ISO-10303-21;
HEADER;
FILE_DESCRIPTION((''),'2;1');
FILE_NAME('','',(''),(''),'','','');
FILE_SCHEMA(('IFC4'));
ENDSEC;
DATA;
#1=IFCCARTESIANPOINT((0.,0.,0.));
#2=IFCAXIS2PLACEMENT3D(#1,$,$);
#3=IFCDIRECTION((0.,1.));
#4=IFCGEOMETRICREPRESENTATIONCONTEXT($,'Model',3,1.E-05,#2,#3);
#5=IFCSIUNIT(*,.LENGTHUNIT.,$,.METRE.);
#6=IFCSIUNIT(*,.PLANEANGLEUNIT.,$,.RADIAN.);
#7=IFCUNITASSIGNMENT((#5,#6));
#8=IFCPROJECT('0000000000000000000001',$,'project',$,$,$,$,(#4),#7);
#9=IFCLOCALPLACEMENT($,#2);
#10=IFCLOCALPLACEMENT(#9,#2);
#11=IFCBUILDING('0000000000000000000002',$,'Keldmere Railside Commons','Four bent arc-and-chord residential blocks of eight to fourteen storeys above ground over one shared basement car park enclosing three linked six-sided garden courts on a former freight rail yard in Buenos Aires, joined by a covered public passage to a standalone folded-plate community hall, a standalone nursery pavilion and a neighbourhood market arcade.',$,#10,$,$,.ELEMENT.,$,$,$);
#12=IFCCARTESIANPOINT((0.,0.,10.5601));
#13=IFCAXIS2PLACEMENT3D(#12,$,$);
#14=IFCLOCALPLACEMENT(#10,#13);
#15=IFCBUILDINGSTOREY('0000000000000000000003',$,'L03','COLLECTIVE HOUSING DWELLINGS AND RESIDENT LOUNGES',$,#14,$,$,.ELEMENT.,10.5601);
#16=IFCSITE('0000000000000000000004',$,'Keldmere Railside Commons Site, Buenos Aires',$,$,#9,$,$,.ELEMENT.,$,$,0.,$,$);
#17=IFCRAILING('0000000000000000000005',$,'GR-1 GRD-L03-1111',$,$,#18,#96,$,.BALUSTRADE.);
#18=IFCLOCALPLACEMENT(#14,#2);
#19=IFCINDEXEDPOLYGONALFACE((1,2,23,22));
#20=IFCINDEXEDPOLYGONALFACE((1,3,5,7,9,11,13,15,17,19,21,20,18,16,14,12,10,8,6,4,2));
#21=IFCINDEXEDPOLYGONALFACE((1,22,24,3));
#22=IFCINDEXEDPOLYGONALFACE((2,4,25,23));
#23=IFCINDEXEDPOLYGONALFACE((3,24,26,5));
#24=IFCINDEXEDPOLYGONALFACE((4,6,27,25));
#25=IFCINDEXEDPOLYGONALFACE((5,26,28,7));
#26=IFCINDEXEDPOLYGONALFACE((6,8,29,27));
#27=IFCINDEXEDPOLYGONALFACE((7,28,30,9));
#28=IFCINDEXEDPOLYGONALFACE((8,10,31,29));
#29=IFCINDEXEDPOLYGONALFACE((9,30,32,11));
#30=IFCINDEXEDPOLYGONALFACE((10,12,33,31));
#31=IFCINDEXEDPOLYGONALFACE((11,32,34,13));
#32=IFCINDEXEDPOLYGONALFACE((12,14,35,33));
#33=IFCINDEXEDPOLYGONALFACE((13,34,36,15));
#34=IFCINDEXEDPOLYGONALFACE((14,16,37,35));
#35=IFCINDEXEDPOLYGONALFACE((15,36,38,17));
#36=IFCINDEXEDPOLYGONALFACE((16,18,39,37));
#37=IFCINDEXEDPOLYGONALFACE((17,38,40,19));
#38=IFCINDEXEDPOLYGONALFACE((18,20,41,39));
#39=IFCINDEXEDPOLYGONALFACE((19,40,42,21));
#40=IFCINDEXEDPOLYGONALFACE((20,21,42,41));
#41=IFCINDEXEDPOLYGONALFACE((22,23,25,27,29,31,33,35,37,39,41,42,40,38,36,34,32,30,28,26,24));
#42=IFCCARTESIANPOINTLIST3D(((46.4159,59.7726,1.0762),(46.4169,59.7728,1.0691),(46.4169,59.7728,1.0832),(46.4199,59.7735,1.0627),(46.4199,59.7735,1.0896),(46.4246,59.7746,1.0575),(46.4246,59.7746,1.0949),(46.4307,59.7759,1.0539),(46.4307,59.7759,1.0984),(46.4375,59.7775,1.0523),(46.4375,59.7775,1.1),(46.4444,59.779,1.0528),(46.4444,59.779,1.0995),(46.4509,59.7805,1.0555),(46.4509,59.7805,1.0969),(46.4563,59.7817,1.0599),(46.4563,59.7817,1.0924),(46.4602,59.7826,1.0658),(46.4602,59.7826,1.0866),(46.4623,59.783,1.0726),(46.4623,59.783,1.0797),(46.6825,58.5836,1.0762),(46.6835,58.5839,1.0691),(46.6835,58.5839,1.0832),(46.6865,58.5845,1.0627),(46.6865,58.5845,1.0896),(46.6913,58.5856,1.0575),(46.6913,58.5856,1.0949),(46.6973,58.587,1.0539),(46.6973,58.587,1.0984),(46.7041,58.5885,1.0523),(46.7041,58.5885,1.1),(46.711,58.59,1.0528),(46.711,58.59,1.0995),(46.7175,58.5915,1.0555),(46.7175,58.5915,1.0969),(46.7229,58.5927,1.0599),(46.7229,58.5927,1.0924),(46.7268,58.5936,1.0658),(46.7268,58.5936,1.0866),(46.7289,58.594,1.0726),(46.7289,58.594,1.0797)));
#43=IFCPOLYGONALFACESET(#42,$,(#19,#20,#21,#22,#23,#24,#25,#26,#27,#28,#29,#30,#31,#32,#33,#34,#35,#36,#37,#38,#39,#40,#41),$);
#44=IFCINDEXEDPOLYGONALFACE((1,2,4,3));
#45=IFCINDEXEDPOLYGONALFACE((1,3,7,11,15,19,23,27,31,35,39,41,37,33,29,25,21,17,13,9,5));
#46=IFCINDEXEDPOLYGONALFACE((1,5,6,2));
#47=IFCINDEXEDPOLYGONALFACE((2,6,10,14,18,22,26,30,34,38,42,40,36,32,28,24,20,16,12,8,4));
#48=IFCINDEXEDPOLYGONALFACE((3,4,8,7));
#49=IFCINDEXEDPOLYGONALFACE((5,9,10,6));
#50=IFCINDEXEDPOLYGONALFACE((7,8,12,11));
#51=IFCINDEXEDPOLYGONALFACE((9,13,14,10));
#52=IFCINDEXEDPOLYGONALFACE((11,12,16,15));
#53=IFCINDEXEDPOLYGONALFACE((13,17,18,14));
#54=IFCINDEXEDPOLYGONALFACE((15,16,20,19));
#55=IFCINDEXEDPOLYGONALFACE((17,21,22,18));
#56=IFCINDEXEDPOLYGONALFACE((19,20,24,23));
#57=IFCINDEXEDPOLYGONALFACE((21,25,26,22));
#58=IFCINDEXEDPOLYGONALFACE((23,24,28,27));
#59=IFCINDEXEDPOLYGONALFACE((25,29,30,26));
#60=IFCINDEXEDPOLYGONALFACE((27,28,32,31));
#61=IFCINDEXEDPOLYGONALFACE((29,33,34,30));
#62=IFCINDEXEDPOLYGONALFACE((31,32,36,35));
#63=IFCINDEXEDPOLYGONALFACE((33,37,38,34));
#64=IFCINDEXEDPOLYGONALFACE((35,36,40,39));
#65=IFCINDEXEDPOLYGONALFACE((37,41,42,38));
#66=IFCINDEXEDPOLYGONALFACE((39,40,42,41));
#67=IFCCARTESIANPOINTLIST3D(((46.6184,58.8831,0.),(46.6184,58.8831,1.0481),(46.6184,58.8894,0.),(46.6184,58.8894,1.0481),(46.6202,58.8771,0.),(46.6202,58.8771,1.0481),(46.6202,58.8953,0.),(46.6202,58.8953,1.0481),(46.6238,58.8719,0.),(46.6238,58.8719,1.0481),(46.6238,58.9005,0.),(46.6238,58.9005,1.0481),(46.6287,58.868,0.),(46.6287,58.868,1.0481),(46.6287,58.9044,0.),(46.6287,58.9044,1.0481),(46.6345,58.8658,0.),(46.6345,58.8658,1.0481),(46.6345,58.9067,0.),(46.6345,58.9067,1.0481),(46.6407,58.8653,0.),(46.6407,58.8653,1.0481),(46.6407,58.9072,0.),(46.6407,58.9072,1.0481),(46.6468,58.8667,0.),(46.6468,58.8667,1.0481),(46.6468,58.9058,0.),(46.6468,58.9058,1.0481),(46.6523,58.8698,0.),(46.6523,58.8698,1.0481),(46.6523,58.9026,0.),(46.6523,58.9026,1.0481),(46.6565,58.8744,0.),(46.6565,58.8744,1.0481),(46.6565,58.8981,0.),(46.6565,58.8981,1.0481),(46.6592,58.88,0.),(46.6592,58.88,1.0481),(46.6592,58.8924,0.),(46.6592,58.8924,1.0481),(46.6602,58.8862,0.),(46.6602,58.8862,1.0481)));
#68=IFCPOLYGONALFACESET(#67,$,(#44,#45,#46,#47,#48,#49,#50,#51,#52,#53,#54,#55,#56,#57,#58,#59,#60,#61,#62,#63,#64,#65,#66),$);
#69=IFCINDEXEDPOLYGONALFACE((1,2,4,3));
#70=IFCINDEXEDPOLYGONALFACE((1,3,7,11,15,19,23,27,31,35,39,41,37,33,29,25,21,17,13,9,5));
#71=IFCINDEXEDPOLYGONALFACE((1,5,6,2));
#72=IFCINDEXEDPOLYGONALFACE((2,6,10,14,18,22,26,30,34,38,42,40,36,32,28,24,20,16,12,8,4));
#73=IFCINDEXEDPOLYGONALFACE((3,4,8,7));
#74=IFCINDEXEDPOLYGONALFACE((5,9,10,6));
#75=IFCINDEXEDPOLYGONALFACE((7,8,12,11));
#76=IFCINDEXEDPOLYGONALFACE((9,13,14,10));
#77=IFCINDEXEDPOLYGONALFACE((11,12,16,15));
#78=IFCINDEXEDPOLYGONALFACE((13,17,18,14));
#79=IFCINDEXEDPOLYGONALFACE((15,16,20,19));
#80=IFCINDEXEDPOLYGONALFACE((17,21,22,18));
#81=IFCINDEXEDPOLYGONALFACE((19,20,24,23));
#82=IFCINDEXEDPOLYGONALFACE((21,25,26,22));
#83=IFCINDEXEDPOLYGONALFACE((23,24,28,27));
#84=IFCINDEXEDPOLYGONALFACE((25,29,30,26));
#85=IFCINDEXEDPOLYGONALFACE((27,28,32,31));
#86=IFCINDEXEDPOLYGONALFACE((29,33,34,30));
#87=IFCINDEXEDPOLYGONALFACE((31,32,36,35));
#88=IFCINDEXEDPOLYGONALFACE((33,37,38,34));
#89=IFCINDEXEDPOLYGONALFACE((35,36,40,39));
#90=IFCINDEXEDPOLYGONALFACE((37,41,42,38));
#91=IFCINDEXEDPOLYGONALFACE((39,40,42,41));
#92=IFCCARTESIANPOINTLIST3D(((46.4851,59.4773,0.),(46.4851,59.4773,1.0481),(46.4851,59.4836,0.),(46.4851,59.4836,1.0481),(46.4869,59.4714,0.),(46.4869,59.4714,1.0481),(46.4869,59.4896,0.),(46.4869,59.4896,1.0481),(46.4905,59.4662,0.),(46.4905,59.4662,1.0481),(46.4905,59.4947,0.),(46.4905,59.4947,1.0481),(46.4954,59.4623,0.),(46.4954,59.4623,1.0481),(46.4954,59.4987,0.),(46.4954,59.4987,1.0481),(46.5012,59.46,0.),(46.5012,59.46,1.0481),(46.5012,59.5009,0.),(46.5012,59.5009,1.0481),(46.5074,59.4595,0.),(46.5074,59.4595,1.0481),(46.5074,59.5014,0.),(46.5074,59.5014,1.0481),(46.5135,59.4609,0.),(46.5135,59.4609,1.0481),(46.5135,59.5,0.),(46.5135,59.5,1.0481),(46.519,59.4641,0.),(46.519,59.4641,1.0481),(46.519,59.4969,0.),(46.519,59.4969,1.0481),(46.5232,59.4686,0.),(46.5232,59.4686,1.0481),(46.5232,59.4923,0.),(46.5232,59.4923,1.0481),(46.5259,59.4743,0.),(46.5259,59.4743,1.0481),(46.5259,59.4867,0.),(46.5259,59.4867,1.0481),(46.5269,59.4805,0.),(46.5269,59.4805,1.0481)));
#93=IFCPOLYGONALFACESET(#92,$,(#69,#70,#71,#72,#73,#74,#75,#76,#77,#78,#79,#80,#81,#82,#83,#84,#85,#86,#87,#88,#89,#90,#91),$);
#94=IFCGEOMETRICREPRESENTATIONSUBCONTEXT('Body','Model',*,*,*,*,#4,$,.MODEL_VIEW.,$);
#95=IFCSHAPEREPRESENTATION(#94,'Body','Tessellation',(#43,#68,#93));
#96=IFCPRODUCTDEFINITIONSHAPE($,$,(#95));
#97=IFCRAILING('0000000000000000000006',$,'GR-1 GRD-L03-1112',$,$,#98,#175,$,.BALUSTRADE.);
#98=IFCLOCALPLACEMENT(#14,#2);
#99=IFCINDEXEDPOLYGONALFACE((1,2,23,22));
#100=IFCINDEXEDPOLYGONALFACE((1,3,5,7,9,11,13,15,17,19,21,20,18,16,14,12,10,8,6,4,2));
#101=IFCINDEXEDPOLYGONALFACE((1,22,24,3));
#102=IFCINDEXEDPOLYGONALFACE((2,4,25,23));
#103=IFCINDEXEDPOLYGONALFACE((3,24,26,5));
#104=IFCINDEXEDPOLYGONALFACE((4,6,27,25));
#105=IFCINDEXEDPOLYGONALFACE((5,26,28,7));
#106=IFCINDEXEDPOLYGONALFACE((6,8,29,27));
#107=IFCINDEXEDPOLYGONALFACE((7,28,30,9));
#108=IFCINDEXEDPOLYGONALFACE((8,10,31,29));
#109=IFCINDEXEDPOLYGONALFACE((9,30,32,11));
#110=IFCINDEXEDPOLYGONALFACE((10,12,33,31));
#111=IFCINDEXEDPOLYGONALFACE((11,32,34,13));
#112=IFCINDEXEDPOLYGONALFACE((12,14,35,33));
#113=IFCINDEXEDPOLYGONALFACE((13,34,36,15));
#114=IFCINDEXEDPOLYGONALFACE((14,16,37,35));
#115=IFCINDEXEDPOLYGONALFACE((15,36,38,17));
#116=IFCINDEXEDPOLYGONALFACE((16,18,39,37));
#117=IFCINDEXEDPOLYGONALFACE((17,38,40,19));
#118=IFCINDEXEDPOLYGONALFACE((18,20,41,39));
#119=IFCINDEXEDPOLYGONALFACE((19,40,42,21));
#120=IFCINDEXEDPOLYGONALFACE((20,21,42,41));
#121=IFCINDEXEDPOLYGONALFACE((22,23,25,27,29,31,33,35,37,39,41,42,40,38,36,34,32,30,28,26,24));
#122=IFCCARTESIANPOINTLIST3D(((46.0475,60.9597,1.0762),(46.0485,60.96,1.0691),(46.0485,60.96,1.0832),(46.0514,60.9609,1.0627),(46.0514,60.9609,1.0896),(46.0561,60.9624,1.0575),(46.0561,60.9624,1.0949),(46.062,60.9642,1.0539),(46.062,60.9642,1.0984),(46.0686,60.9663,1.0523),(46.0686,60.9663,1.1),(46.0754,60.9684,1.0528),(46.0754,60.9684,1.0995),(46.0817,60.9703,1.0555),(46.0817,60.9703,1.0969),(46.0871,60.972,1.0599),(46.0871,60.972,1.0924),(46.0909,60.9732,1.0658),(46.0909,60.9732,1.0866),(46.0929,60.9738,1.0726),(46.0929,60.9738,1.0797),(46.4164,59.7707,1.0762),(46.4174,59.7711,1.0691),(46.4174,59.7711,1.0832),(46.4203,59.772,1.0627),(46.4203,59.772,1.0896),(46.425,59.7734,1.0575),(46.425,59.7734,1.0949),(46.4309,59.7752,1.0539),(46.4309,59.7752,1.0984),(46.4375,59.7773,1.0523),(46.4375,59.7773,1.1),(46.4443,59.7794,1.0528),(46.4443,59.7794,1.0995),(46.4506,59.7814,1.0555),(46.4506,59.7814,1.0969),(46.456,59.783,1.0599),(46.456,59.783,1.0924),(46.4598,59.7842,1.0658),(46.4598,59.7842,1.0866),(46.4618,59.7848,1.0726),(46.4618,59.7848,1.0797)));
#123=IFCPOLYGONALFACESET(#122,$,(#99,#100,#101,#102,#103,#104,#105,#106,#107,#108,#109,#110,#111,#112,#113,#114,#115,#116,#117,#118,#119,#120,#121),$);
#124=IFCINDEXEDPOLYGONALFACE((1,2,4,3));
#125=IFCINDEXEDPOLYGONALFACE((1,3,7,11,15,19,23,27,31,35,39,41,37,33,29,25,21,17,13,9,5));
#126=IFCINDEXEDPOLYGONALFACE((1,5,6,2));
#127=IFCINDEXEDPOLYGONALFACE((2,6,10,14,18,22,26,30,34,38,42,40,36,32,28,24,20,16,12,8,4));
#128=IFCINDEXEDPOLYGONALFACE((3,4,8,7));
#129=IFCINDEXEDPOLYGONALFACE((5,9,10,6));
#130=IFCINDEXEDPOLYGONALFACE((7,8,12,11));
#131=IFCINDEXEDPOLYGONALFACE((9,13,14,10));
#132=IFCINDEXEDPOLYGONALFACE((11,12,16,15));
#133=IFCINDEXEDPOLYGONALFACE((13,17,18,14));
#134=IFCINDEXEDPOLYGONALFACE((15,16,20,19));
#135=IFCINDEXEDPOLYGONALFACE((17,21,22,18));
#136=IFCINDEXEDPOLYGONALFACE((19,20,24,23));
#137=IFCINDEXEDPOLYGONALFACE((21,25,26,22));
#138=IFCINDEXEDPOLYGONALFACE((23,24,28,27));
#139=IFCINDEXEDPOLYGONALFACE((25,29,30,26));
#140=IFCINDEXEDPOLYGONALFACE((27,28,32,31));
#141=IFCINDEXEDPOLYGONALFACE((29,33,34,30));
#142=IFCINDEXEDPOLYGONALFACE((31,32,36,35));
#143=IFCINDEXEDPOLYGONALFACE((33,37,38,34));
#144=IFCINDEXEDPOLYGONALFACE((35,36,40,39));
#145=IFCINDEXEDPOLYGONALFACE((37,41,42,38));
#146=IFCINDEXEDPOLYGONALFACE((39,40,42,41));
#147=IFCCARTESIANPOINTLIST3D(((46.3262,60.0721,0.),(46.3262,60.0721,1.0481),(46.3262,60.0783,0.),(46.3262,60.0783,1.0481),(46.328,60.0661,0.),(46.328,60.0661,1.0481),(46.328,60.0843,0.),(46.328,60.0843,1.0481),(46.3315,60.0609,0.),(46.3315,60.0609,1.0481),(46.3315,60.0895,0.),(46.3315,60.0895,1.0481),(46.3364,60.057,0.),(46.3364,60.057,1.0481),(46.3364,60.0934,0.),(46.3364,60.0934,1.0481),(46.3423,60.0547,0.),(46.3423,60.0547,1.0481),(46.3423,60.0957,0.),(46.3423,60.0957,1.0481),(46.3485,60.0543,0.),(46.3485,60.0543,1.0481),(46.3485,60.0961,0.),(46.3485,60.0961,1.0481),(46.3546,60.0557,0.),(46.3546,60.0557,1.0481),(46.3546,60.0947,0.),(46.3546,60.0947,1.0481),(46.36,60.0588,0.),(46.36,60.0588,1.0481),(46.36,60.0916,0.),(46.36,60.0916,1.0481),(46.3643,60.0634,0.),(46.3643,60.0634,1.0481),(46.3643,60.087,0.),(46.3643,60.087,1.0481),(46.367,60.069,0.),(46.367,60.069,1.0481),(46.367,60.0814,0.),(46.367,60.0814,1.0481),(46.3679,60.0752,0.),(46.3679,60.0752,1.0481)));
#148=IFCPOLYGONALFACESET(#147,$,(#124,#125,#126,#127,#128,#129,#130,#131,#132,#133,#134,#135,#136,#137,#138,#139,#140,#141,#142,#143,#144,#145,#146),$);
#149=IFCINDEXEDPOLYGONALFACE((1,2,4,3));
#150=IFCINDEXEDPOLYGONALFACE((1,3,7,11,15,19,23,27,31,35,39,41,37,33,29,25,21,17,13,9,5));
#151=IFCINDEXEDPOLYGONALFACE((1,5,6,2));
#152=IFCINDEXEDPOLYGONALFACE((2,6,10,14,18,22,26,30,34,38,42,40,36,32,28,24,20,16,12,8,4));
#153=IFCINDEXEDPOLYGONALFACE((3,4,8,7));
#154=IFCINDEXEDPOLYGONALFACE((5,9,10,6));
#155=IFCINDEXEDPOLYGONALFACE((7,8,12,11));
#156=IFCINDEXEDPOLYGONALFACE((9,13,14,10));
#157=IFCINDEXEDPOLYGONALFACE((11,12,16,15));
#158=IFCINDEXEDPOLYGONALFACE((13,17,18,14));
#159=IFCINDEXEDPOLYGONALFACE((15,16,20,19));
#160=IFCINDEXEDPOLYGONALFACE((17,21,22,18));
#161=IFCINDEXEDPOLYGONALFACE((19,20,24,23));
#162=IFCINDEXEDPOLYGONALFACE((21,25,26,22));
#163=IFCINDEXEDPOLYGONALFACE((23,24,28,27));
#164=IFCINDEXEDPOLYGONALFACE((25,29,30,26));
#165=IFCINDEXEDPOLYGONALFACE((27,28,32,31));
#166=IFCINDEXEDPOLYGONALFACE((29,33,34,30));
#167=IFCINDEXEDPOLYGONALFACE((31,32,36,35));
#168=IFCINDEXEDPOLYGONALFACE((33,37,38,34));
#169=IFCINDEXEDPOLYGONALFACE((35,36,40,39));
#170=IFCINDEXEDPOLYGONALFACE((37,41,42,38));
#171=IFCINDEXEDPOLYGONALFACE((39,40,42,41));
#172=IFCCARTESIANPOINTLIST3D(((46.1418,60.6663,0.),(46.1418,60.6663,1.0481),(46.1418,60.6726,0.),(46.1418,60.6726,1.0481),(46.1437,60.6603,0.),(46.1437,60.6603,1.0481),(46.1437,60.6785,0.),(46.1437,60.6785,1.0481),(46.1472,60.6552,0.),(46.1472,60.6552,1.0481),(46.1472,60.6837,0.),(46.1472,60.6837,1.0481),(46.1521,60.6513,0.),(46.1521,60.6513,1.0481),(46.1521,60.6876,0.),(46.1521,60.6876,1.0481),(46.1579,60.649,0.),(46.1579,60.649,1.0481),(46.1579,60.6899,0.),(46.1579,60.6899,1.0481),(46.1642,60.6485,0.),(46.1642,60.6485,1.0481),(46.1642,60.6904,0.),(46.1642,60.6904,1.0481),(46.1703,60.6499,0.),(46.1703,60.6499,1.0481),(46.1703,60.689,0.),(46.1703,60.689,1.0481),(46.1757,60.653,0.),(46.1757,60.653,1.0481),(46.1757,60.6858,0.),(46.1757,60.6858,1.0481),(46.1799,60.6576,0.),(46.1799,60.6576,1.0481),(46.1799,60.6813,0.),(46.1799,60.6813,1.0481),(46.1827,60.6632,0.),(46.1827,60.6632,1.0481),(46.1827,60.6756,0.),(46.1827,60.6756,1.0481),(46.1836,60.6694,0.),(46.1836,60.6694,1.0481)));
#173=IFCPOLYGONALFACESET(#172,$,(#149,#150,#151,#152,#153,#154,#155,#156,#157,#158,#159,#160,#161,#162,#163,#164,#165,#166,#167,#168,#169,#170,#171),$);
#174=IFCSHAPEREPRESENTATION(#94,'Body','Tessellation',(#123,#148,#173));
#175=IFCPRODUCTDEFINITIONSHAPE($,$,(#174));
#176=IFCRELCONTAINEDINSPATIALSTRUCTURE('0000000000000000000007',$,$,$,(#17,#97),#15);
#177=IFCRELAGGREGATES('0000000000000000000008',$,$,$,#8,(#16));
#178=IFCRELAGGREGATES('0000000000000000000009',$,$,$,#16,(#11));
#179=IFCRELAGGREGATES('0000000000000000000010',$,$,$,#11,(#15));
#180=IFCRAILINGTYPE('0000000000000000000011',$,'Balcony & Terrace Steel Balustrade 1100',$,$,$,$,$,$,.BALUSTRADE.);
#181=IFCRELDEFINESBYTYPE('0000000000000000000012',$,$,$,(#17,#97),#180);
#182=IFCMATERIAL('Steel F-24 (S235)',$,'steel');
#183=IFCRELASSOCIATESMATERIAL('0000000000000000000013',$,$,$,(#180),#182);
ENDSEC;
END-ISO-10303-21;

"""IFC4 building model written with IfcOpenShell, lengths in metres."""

from ifc_helpers import new_model, si_unit, direction, frame, origin, origin_2d, place, context, subcontext, project, spatial, circle, extrude, material, type_object, element, save


model = new_model("IFC4")

# Units and contexts
model_context = context("Model", 3, precision=1e-05, world=origin(), true_north=direction((0.0, 1.0)))
body_context = subcontext(model_context, "Body", "Model", "MODEL_VIEW")
ifc_project = project(units=[si_unit("LENGTHUNIT", "METRE"), si_unit("PLANEANGLEUNIT", "RADIAN")], contexts=[model_context])

# Site, building, storey
site_placement = place(None, origin())
site = spatial("IfcSite", under=ifc_project, at=site_placement, Name="Keldmere Railside Commons Site, Buenos Aires", CompositionType="ELEMENT", RefElevation=0.0)
building_placement = place(site_placement, origin())
building = spatial("IfcBuilding", under=site, at=building_placement, Name="Keldmere Railside Commons", Description="Four bent arc-and-chord residential blocks of eight to fourteen storeys above ground over one shared basement car park enclosing three linked six-sided garden courts on a former freight rail yard in Buenos Aires, joined by a covered public passage to a standalone folded-plate community hall, a standalone nursery pavilion and a neighbourhood market arcade.", CompositionType="ELEMENT")
storey_placement = place(building_placement, frame((0.0, 0.0, 10.5601)))
storey = spatial("IfcBuildingStorey", under=building, at=storey_placement, Name="L03", Description="COLLECTIVE HOUSING DWELLINGS AND RESIDENT LOUNGES", CompositionType="ELEMENT", Elevation=10.5601)

# Railings
ifc_material_1 = material(Name="Steel F-24 (S235)", Category="steel")
railing_type_1 = type_object("IfcRailingType", Name="Balcony & Terrace Steel Balustrade 1100", PredefinedType="BALUSTRADE", material=ifc_material_1)
railing_1_placement = place(storey_placement, frame((46.7058, 58.5889, 0.0)))
element("IfcRailing", 1, at=railing_1_placement, inside=storey, type_object=railing_type_1, Name="GR-1 GRD-L03-1111", PredefinedType="BALUSTRADE", context=body_context, shape_type="SweptSolid", body=[
    extrude(circle(Radius=0.0239, at=origin_2d()), frame((0.0, 0.0, 1.0762), z_axis=(-0.218797, 0.97577, 0.0), x_axis=(-0.97577, -0.218797, 0.0)), (0.0, 0.0, 1.0), 1.2185),
    extrude(circle(Radius=0.021, at=origin_2d()), frame((-0.0667, 0.2974, 0.0)), (0.0, 0.0, 1.0), 1.0481),
    extrude(circle(Radius=0.021, at=origin_2d()), frame((-0.2, 0.8916, 0.0)), (0.0, 0.0, 1.0), 1.0481),
])
railing_2_placement = place(storey_placement, frame((46.4392, 59.7778, 0.0)))
element("IfcRailing", 2, at=railing_2_placement, inside=storey, type_object=railing_type_1, Name="GR-1 GRD-L03-1112", PredefinedType="BALUSTRADE", context=body_context, shape_type="SweptSolid", body=[
    extrude(circle(Radius=0.0239, at=origin_2d()), frame((0.0, 0.0, 1.0762), z_axis=(-0.296331, 0.955085, 0.0), x_axis=(-0.955085, -0.296331, 0.0)), (0.0, 0.0, 1.0), 1.2449),
    extrude(circle(Radius=0.021, at=origin_2d()), frame((-0.0923, 0.2974, 0.0)), (0.0, 0.0, 1.0), 1.0481),
    extrude(circle(Radius=0.021, at=origin_2d()), frame((-0.2766, 0.8916, 0.0)), (0.0, 0.0, 1.0), 1.0481),
])

save(model, "model.ifc")
